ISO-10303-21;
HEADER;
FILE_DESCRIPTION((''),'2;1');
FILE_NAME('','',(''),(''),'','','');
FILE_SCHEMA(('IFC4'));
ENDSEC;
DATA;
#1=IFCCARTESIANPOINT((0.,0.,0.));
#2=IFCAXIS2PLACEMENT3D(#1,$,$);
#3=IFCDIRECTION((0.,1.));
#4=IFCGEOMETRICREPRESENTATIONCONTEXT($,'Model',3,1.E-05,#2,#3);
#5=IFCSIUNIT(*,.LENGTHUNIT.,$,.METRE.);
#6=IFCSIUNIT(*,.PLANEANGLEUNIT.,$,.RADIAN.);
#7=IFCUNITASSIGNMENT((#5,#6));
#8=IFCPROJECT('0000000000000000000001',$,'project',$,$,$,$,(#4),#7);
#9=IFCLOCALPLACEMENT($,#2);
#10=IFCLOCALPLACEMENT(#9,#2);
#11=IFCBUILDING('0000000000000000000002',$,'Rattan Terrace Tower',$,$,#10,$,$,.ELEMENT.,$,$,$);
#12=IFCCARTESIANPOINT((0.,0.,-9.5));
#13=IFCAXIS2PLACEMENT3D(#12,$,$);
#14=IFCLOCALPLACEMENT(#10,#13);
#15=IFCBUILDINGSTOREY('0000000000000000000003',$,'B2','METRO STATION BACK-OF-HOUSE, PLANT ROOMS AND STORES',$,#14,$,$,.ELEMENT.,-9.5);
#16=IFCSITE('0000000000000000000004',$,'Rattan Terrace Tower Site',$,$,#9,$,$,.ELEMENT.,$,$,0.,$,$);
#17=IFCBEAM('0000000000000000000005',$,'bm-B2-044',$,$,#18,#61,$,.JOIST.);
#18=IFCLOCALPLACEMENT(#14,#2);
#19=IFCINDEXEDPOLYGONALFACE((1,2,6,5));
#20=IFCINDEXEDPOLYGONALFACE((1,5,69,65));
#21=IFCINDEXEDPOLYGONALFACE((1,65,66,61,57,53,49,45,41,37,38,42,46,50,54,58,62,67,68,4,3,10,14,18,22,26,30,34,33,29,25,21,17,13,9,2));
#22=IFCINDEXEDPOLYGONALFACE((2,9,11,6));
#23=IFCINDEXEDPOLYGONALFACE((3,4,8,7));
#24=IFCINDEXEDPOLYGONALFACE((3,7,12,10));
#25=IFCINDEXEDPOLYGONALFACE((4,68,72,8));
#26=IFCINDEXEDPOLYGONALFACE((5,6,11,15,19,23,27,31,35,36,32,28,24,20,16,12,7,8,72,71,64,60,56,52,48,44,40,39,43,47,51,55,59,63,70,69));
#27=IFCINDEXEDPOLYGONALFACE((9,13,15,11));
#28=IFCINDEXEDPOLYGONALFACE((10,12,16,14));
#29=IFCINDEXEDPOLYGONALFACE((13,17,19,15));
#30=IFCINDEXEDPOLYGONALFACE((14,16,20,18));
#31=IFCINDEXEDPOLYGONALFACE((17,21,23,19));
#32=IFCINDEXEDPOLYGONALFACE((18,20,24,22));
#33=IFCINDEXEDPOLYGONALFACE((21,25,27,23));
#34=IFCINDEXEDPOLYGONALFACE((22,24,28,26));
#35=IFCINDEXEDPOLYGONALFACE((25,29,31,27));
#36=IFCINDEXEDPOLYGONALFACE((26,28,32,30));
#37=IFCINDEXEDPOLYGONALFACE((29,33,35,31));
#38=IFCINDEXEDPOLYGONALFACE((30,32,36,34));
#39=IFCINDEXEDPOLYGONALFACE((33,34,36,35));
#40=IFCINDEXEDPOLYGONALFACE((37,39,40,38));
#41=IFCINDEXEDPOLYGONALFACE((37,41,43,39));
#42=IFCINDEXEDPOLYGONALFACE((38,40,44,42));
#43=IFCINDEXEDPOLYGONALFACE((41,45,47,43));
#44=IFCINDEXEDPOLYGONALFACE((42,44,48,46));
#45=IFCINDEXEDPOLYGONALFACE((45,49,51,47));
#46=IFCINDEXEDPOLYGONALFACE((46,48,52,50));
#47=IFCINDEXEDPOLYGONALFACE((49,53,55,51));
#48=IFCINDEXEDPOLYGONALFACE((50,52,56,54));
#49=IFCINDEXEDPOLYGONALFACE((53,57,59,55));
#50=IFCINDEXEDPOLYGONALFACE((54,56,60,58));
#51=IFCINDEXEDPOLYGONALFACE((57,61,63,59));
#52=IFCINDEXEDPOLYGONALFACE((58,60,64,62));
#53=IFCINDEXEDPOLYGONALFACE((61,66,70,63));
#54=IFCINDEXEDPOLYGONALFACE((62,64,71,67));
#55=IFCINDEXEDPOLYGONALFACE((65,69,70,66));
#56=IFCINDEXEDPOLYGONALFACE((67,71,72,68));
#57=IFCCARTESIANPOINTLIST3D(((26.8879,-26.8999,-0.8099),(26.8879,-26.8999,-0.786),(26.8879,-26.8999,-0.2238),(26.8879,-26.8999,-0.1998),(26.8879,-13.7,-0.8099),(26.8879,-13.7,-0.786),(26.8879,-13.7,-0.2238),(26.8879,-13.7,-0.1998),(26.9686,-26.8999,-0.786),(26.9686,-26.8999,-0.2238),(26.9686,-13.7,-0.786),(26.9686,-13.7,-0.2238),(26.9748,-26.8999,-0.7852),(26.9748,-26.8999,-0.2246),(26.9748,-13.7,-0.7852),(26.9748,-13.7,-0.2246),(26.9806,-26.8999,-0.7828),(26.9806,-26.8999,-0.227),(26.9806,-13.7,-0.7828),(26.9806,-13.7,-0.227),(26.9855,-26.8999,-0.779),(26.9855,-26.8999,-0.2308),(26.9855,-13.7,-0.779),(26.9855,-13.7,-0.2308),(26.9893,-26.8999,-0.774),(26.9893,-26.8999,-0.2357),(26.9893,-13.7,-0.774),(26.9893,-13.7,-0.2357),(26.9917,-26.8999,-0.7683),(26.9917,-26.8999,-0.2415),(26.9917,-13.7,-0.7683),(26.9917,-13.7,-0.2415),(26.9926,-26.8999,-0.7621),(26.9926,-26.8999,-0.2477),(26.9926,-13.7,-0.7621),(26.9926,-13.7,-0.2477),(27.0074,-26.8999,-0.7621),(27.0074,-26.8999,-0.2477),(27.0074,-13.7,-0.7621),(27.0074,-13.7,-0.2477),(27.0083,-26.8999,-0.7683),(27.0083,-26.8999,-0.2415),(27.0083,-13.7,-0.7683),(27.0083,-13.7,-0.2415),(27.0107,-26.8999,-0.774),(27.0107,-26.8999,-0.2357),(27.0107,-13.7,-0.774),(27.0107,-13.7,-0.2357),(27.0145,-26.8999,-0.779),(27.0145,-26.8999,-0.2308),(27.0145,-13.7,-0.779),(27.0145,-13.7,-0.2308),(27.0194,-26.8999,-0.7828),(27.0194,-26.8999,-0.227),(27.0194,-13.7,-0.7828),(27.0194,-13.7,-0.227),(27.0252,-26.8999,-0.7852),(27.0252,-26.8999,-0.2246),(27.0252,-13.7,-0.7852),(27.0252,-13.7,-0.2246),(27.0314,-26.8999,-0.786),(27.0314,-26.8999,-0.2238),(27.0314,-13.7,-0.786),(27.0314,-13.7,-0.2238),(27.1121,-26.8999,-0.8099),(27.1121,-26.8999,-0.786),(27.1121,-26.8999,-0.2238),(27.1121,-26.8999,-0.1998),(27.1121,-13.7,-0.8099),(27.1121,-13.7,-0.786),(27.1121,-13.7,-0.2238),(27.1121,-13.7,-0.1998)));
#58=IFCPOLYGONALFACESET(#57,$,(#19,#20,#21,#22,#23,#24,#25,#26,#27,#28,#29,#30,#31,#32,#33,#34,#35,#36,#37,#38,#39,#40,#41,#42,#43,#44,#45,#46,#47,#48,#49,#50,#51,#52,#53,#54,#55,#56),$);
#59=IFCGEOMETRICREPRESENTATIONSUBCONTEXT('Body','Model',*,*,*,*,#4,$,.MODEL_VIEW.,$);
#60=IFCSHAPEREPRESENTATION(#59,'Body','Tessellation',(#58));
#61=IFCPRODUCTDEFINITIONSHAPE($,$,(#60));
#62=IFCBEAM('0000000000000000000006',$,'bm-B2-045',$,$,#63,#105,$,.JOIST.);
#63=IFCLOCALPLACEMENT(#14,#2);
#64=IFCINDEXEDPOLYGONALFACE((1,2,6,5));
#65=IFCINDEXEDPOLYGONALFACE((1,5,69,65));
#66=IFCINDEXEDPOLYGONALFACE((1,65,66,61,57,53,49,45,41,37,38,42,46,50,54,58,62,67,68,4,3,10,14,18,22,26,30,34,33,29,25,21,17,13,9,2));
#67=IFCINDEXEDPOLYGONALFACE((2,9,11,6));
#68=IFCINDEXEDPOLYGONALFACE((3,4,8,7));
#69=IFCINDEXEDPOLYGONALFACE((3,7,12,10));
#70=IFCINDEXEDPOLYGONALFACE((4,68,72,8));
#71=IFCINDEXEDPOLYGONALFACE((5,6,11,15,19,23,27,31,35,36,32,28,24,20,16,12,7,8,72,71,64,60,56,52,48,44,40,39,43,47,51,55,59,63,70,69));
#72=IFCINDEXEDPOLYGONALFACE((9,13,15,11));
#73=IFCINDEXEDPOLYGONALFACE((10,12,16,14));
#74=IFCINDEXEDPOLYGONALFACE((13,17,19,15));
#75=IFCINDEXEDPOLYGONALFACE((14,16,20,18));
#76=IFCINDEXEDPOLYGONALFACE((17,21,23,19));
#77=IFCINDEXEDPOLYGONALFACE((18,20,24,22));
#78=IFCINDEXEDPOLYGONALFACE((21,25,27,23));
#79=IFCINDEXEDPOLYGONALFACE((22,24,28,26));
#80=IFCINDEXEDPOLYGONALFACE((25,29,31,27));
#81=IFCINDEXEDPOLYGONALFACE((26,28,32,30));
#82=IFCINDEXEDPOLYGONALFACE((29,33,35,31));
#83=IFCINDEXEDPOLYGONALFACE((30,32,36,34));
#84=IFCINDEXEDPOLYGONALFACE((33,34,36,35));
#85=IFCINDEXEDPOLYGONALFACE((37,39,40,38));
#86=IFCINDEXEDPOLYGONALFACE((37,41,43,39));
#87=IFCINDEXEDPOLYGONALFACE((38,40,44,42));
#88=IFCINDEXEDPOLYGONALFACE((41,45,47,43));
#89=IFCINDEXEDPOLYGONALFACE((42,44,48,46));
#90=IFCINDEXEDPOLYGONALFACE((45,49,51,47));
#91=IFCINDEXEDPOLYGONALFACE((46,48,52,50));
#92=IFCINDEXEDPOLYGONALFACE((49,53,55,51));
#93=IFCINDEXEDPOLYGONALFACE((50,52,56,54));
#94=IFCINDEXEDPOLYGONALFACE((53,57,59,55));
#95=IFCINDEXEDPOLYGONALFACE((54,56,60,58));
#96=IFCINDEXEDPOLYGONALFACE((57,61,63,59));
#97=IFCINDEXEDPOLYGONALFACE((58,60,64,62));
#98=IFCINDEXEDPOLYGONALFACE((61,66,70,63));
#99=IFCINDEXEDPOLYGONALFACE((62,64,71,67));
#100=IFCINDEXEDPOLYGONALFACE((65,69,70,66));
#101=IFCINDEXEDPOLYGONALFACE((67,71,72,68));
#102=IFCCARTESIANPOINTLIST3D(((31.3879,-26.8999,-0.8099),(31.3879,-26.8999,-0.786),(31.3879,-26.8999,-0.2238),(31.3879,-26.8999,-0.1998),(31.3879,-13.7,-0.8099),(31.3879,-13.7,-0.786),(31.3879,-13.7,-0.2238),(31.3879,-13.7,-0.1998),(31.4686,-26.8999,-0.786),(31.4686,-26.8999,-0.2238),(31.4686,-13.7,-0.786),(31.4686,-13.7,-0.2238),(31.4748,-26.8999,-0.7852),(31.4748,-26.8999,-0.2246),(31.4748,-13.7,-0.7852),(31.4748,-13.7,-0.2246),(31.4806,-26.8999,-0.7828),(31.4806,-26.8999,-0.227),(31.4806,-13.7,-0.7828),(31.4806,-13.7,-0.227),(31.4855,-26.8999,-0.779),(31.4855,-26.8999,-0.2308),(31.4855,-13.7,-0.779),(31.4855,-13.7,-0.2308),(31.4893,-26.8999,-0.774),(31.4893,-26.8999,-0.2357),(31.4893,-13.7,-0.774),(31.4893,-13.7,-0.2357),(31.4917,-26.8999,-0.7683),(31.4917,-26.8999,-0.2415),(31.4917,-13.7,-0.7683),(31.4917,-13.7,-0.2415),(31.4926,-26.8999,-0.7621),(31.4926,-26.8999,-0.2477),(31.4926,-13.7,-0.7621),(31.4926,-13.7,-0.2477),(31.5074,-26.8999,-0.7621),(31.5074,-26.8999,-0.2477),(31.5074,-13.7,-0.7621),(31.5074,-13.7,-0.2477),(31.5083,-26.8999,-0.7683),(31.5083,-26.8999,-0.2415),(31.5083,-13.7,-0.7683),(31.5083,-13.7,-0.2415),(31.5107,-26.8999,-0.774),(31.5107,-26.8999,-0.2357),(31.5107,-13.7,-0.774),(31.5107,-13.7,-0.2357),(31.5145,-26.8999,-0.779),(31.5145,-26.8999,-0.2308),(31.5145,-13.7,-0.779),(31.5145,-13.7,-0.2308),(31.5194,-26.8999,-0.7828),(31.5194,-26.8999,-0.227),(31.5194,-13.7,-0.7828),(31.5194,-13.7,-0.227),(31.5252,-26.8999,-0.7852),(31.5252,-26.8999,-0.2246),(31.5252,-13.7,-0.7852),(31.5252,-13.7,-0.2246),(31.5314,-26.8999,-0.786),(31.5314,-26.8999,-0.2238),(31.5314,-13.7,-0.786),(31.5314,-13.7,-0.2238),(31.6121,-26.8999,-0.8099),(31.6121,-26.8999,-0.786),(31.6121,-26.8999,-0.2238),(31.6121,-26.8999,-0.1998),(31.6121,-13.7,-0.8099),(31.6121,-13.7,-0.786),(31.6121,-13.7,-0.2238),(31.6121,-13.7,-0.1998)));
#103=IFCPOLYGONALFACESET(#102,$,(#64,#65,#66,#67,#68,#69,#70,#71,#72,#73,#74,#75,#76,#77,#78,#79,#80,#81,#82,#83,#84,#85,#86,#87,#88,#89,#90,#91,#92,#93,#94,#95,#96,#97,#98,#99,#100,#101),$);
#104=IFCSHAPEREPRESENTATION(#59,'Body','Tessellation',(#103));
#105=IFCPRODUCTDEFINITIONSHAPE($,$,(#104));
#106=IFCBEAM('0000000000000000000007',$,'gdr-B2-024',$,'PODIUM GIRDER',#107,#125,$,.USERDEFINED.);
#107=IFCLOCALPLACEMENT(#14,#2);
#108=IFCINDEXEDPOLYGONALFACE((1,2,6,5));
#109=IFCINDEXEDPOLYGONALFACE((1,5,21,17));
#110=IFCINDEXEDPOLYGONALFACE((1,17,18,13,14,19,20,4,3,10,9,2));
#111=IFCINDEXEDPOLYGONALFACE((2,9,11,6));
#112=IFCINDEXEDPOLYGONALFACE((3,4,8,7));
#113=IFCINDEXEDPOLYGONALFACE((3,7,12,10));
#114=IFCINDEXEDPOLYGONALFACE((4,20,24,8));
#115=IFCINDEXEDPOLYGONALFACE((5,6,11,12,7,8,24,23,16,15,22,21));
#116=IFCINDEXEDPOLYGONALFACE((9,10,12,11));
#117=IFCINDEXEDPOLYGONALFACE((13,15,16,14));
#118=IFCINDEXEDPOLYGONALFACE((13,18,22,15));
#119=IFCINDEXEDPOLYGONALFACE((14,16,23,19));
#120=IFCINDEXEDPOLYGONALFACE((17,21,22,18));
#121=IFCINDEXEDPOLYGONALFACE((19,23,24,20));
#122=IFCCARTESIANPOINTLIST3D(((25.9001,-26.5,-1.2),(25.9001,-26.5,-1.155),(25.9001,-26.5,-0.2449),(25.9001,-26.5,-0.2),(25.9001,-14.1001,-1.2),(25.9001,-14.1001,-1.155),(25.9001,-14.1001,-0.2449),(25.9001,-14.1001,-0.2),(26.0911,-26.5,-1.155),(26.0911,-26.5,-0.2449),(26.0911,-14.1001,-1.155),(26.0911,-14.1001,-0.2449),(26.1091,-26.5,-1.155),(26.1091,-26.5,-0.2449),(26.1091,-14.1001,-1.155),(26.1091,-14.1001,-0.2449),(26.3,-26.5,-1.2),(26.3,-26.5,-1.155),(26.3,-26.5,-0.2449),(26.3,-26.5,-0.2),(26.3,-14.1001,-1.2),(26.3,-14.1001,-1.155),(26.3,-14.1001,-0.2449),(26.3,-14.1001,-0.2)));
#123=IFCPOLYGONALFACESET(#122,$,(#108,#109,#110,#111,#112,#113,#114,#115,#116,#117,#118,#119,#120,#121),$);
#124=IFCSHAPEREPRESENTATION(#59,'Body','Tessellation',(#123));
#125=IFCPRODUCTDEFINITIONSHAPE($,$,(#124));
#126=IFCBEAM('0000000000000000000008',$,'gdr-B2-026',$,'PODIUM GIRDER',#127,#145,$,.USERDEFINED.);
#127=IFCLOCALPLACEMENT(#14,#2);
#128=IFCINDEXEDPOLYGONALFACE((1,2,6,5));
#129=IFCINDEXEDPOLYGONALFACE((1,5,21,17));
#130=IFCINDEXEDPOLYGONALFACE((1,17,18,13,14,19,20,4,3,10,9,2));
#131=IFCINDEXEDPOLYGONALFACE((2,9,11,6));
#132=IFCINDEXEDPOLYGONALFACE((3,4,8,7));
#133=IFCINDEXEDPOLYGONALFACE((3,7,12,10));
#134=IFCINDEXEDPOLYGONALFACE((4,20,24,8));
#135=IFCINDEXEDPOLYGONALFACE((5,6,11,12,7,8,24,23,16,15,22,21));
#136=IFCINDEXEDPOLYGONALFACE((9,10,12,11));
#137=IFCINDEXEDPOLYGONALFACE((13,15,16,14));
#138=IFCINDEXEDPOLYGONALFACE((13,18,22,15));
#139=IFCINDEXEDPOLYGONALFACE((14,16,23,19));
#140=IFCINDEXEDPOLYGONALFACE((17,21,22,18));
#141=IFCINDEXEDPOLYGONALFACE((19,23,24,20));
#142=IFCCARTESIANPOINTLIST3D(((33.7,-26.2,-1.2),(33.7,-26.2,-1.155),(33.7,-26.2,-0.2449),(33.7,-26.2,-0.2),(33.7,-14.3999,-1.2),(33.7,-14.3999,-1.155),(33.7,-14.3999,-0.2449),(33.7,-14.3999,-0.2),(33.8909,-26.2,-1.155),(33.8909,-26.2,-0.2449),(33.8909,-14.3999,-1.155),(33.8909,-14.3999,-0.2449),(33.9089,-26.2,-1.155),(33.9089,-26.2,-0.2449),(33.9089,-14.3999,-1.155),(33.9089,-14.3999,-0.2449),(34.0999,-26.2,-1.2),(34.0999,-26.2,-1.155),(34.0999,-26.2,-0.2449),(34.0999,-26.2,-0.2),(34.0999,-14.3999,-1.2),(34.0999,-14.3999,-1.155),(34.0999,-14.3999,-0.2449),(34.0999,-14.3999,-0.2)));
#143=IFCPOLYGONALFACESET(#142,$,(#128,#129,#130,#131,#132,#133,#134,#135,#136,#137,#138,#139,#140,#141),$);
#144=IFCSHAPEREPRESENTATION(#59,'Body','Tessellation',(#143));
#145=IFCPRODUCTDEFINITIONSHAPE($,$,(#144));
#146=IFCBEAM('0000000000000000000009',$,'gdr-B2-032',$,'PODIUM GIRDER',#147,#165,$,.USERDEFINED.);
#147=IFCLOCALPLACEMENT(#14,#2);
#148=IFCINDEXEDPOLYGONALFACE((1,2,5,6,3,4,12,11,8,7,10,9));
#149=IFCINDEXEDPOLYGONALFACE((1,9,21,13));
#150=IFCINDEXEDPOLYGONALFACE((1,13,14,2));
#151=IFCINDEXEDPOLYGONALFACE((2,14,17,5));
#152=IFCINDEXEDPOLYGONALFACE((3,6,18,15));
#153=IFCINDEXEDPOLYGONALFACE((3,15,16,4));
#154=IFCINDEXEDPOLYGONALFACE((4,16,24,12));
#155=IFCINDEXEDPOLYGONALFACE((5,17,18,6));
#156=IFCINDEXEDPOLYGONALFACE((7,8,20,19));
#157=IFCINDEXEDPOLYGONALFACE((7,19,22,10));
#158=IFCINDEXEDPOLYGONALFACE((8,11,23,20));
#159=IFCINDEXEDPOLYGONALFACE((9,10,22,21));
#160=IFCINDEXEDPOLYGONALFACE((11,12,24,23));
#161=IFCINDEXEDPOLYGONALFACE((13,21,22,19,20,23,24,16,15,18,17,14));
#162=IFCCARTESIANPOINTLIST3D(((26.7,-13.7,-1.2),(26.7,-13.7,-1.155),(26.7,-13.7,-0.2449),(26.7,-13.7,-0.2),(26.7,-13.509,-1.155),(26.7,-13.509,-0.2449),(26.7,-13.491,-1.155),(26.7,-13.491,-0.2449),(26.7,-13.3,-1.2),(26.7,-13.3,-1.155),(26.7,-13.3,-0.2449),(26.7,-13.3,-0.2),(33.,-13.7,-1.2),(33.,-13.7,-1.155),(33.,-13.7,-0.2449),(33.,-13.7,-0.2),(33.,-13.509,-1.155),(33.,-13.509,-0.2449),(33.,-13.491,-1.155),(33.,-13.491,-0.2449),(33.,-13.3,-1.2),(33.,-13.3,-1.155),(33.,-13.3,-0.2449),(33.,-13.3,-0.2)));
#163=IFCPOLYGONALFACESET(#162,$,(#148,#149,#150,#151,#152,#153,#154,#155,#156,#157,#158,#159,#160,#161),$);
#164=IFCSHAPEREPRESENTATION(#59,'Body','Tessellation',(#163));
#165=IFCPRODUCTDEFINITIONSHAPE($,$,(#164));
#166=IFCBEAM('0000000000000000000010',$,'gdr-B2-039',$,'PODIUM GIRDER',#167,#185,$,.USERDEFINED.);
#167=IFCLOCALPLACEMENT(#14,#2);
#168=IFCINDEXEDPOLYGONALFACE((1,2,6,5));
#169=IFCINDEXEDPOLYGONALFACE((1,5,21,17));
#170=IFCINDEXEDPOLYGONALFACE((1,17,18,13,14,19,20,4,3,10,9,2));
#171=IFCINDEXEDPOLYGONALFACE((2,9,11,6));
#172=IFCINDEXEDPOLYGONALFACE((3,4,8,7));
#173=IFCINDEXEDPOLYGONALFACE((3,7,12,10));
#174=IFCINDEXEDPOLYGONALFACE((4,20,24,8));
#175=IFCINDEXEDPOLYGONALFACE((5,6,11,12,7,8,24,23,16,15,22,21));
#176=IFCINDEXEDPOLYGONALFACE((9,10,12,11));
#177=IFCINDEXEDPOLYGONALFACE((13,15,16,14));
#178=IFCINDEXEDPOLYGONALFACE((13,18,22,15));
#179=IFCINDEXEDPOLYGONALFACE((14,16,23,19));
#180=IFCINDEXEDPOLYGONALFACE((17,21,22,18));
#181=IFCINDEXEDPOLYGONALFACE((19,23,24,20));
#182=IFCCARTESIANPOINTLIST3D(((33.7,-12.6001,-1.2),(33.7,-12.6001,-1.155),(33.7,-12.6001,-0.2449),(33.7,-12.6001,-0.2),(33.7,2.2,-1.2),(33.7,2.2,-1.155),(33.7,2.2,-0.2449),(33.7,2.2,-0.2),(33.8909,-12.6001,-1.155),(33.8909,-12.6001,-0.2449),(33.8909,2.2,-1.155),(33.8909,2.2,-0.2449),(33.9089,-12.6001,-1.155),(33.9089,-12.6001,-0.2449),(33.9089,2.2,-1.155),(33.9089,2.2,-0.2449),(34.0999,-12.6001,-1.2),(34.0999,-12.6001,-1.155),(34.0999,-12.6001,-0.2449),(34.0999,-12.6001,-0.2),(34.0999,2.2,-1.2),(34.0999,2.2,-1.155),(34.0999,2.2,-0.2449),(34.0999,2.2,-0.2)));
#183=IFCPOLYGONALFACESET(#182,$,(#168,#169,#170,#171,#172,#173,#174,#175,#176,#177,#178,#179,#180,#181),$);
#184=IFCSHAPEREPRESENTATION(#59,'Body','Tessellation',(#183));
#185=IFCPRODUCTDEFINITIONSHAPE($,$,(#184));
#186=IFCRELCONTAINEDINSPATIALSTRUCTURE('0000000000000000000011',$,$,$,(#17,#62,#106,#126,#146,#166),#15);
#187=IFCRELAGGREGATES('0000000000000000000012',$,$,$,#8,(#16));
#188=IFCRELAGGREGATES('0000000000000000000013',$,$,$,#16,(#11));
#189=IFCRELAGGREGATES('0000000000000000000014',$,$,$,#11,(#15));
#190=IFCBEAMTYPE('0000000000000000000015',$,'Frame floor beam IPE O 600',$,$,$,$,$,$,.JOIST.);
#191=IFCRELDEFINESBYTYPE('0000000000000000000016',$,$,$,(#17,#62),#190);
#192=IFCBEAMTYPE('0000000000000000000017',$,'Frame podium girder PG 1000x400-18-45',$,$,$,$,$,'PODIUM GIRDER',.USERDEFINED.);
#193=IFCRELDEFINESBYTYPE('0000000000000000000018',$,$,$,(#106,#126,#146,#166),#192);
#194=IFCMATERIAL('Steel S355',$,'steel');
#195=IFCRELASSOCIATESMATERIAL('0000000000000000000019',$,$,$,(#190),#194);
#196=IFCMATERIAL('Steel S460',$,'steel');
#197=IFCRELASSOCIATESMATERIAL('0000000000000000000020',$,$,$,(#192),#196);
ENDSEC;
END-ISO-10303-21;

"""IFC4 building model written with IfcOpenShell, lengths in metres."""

from ifc_helpers import new_model, si_unit, direction, frame, origin, origin_2d, place, context, subcontext, project, spatial, i_section, extrude, material, material_profile, profile_set, type_object, element, save


model = new_model("IFC4")

# Units and contexts
model_context = context("Model", 3, precision=1e-05, world=origin(), true_north=direction((0.0, 1.0)))
body_context = subcontext(model_context, "Body", "Model", "MODEL_VIEW")
ifc_project = project(units=[si_unit("LENGTHUNIT", "METRE"), si_unit("PLANEANGLEUNIT", "RADIAN")], contexts=[model_context])

# Site, building, storey
site_placement = place(None, origin())
site = spatial("IfcSite", under=ifc_project, at=site_placement, Name="Rattan Terrace Tower Site", CompositionType="ELEMENT", RefElevation=0.0)
building_placement = place(site_placement, origin())
building = spatial("IfcBuilding", under=site, at=building_placement, Name="Rattan Terrace Tower", CompositionType="ELEMENT")
storey_placement = place(building_placement, frame((0.0, 0.0, -9.5)))
storey = spatial("IfcBuildingStorey", under=building, at=storey_placement, Name="B2", Description="METRO STATION BACK-OF-HOUSE, PLANT ROOMS AND STORES", CompositionType="ELEMENT", Elevation=-9.5)

# Beams
ifc_material_1 = material(Name="Steel S355", Category="steel")
ifc_material_profile_1 = material_profile(ifc_material_1, i_section(OverallWidth=0.2241, OverallDepth=0.6101, WebThickness=0.0149, FlangeThickness=0.0239, FilletRadius=0.0239, at=origin_2d()), Name="IPE O 600")
ifc_profile_set_1 = profile_set([ifc_material_profile_1], Name="Steel S355")
beam_type_1 = type_object("IfcBeamType", Name="Frame floor beam IPE O 600", PredefinedType="JOIST", material=ifc_profile_set_1)
for number, where, z_axis, x_axis, name in (
    (1, (27.0, -26.8999, -0.5049), (0.0, 1.0, 0.0), (-1.0, 0.0, 0.0), "bm-B2-044"),
    (2, (31.5, -26.8999, -0.5049), (0.0, 1.0, 0.0), (-1.0, 0.0, 0.0), "bm-B2-045"),
):
    element("IfcBeam", number, at=place(storey_placement, frame(where, z_axis=z_axis, x_axis=x_axis)), inside=storey, type_object=beam_type_1, Name=name, PredefinedType="JOIST", context=body_context, shape_type="SweptSolid", body=[
        extrude(i_section(OverallWidth=0.2241, OverallDepth=0.6101, WebThickness=0.0149, FlangeThickness=0.0239, FilletRadius=0.0239, at=origin_2d()), origin(), (0.0, 0.0, 1.0), 13.2),
    ])
ifc_material_2 = material(Name="Steel S460", Category="steel")
ifc_material_profile_2 = material_profile(ifc_material_2, i_section(OverallWidth=0.3999, OverallDepth=1.0, WebThickness=0.0181, FlangeThickness=0.0449, at=origin_2d()), Name="PG 1000x400-18-45")
ifc_profile_set_2 = profile_set([ifc_material_profile_2], Name="Steel S460")
beam_type_2 = type_object("IfcBeamType", Name="Frame podium girder PG 1000x400-18-45", ElementType="PODIUM GIRDER", PredefinedType="USERDEFINED", material=ifc_profile_set_2)
beam_1_placement = place(storey_placement, frame((26.1001, -26.5, -0.7), z_axis=(0.0, 1.0, 0.0), x_axis=(-1.0, 0.0, 0.0)))
element("IfcBeam", 3, at=beam_1_placement, inside=storey, type_object=beam_type_2, Name="gdr-B2-024", ObjectType="PODIUM GIRDER", PredefinedType="USERDEFINED", context=body_context, shape_type="SweptSolid", body=[
    extrude(i_section(OverallWidth=0.3999, OverallDepth=1.0, WebThickness=0.0181, FlangeThickness=0.0449, at=origin_2d()), origin(), (0.0, 0.0, 1.0), 12.3999),
])
beam_2_placement = place(storey_placement, frame((33.8999, -26.2, -0.7), z_axis=(0.0, 1.0, 0.0), x_axis=(-1.0, 0.0, 0.0)))
element("IfcBeam", 4, at=beam_2_placement, inside=storey, type_object=beam_type_2, Name="gdr-B2-026", ObjectType="PODIUM GIRDER", PredefinedType="USERDEFINED", context=body_context, shape_type="SweptSolid", body=[
    extrude(i_section(OverallWidth=0.3999, OverallDepth=1.0, WebThickness=0.0181, FlangeThickness=0.0449, at=origin_2d()), origin(), (0.0, 0.0, 1.0), 11.8),
])
beam_3_placement = place(storey_placement, frame((26.7, -13.5, -0.7), z_axis=(1.0, 0.0, 0.0), x_axis=(0.0, 1.0, 0.0)))
element("IfcBeam", 5, at=beam_3_placement, inside=storey, type_object=beam_type_2, Name="gdr-B2-032", ObjectType="PODIUM GIRDER", PredefinedType="USERDEFINED", context=body_context, shape_type="SweptSolid", body=[
    extrude(i_section(OverallWidth=0.3999, OverallDepth=1.0, WebThickness=0.0181, FlangeThickness=0.0449, at=origin_2d()), origin(), (0.0, 0.0, 1.0), 6.3),
])
beam_4_placement = place(storey_placement, frame((33.8999, -12.6001, -0.7), z_axis=(0.0, 1.0, 0.0), x_axis=(-1.0, 0.0, 0.0)))
element("IfcBeam", 6, at=beam_4_placement, inside=storey, type_object=beam_type_2, Name="gdr-B2-039", ObjectType="PODIUM GIRDER", PredefinedType="USERDEFINED", context=body_context, shape_type="SweptSolid", body=[
    extrude(i_section(OverallWidth=0.3999, OverallDepth=1.0, WebThickness=0.0181, FlangeThickness=0.0449, at=origin_2d()), origin(), (0.0, 0.0, 1.0), 14.8),
])

save(model, "model.ifc")
